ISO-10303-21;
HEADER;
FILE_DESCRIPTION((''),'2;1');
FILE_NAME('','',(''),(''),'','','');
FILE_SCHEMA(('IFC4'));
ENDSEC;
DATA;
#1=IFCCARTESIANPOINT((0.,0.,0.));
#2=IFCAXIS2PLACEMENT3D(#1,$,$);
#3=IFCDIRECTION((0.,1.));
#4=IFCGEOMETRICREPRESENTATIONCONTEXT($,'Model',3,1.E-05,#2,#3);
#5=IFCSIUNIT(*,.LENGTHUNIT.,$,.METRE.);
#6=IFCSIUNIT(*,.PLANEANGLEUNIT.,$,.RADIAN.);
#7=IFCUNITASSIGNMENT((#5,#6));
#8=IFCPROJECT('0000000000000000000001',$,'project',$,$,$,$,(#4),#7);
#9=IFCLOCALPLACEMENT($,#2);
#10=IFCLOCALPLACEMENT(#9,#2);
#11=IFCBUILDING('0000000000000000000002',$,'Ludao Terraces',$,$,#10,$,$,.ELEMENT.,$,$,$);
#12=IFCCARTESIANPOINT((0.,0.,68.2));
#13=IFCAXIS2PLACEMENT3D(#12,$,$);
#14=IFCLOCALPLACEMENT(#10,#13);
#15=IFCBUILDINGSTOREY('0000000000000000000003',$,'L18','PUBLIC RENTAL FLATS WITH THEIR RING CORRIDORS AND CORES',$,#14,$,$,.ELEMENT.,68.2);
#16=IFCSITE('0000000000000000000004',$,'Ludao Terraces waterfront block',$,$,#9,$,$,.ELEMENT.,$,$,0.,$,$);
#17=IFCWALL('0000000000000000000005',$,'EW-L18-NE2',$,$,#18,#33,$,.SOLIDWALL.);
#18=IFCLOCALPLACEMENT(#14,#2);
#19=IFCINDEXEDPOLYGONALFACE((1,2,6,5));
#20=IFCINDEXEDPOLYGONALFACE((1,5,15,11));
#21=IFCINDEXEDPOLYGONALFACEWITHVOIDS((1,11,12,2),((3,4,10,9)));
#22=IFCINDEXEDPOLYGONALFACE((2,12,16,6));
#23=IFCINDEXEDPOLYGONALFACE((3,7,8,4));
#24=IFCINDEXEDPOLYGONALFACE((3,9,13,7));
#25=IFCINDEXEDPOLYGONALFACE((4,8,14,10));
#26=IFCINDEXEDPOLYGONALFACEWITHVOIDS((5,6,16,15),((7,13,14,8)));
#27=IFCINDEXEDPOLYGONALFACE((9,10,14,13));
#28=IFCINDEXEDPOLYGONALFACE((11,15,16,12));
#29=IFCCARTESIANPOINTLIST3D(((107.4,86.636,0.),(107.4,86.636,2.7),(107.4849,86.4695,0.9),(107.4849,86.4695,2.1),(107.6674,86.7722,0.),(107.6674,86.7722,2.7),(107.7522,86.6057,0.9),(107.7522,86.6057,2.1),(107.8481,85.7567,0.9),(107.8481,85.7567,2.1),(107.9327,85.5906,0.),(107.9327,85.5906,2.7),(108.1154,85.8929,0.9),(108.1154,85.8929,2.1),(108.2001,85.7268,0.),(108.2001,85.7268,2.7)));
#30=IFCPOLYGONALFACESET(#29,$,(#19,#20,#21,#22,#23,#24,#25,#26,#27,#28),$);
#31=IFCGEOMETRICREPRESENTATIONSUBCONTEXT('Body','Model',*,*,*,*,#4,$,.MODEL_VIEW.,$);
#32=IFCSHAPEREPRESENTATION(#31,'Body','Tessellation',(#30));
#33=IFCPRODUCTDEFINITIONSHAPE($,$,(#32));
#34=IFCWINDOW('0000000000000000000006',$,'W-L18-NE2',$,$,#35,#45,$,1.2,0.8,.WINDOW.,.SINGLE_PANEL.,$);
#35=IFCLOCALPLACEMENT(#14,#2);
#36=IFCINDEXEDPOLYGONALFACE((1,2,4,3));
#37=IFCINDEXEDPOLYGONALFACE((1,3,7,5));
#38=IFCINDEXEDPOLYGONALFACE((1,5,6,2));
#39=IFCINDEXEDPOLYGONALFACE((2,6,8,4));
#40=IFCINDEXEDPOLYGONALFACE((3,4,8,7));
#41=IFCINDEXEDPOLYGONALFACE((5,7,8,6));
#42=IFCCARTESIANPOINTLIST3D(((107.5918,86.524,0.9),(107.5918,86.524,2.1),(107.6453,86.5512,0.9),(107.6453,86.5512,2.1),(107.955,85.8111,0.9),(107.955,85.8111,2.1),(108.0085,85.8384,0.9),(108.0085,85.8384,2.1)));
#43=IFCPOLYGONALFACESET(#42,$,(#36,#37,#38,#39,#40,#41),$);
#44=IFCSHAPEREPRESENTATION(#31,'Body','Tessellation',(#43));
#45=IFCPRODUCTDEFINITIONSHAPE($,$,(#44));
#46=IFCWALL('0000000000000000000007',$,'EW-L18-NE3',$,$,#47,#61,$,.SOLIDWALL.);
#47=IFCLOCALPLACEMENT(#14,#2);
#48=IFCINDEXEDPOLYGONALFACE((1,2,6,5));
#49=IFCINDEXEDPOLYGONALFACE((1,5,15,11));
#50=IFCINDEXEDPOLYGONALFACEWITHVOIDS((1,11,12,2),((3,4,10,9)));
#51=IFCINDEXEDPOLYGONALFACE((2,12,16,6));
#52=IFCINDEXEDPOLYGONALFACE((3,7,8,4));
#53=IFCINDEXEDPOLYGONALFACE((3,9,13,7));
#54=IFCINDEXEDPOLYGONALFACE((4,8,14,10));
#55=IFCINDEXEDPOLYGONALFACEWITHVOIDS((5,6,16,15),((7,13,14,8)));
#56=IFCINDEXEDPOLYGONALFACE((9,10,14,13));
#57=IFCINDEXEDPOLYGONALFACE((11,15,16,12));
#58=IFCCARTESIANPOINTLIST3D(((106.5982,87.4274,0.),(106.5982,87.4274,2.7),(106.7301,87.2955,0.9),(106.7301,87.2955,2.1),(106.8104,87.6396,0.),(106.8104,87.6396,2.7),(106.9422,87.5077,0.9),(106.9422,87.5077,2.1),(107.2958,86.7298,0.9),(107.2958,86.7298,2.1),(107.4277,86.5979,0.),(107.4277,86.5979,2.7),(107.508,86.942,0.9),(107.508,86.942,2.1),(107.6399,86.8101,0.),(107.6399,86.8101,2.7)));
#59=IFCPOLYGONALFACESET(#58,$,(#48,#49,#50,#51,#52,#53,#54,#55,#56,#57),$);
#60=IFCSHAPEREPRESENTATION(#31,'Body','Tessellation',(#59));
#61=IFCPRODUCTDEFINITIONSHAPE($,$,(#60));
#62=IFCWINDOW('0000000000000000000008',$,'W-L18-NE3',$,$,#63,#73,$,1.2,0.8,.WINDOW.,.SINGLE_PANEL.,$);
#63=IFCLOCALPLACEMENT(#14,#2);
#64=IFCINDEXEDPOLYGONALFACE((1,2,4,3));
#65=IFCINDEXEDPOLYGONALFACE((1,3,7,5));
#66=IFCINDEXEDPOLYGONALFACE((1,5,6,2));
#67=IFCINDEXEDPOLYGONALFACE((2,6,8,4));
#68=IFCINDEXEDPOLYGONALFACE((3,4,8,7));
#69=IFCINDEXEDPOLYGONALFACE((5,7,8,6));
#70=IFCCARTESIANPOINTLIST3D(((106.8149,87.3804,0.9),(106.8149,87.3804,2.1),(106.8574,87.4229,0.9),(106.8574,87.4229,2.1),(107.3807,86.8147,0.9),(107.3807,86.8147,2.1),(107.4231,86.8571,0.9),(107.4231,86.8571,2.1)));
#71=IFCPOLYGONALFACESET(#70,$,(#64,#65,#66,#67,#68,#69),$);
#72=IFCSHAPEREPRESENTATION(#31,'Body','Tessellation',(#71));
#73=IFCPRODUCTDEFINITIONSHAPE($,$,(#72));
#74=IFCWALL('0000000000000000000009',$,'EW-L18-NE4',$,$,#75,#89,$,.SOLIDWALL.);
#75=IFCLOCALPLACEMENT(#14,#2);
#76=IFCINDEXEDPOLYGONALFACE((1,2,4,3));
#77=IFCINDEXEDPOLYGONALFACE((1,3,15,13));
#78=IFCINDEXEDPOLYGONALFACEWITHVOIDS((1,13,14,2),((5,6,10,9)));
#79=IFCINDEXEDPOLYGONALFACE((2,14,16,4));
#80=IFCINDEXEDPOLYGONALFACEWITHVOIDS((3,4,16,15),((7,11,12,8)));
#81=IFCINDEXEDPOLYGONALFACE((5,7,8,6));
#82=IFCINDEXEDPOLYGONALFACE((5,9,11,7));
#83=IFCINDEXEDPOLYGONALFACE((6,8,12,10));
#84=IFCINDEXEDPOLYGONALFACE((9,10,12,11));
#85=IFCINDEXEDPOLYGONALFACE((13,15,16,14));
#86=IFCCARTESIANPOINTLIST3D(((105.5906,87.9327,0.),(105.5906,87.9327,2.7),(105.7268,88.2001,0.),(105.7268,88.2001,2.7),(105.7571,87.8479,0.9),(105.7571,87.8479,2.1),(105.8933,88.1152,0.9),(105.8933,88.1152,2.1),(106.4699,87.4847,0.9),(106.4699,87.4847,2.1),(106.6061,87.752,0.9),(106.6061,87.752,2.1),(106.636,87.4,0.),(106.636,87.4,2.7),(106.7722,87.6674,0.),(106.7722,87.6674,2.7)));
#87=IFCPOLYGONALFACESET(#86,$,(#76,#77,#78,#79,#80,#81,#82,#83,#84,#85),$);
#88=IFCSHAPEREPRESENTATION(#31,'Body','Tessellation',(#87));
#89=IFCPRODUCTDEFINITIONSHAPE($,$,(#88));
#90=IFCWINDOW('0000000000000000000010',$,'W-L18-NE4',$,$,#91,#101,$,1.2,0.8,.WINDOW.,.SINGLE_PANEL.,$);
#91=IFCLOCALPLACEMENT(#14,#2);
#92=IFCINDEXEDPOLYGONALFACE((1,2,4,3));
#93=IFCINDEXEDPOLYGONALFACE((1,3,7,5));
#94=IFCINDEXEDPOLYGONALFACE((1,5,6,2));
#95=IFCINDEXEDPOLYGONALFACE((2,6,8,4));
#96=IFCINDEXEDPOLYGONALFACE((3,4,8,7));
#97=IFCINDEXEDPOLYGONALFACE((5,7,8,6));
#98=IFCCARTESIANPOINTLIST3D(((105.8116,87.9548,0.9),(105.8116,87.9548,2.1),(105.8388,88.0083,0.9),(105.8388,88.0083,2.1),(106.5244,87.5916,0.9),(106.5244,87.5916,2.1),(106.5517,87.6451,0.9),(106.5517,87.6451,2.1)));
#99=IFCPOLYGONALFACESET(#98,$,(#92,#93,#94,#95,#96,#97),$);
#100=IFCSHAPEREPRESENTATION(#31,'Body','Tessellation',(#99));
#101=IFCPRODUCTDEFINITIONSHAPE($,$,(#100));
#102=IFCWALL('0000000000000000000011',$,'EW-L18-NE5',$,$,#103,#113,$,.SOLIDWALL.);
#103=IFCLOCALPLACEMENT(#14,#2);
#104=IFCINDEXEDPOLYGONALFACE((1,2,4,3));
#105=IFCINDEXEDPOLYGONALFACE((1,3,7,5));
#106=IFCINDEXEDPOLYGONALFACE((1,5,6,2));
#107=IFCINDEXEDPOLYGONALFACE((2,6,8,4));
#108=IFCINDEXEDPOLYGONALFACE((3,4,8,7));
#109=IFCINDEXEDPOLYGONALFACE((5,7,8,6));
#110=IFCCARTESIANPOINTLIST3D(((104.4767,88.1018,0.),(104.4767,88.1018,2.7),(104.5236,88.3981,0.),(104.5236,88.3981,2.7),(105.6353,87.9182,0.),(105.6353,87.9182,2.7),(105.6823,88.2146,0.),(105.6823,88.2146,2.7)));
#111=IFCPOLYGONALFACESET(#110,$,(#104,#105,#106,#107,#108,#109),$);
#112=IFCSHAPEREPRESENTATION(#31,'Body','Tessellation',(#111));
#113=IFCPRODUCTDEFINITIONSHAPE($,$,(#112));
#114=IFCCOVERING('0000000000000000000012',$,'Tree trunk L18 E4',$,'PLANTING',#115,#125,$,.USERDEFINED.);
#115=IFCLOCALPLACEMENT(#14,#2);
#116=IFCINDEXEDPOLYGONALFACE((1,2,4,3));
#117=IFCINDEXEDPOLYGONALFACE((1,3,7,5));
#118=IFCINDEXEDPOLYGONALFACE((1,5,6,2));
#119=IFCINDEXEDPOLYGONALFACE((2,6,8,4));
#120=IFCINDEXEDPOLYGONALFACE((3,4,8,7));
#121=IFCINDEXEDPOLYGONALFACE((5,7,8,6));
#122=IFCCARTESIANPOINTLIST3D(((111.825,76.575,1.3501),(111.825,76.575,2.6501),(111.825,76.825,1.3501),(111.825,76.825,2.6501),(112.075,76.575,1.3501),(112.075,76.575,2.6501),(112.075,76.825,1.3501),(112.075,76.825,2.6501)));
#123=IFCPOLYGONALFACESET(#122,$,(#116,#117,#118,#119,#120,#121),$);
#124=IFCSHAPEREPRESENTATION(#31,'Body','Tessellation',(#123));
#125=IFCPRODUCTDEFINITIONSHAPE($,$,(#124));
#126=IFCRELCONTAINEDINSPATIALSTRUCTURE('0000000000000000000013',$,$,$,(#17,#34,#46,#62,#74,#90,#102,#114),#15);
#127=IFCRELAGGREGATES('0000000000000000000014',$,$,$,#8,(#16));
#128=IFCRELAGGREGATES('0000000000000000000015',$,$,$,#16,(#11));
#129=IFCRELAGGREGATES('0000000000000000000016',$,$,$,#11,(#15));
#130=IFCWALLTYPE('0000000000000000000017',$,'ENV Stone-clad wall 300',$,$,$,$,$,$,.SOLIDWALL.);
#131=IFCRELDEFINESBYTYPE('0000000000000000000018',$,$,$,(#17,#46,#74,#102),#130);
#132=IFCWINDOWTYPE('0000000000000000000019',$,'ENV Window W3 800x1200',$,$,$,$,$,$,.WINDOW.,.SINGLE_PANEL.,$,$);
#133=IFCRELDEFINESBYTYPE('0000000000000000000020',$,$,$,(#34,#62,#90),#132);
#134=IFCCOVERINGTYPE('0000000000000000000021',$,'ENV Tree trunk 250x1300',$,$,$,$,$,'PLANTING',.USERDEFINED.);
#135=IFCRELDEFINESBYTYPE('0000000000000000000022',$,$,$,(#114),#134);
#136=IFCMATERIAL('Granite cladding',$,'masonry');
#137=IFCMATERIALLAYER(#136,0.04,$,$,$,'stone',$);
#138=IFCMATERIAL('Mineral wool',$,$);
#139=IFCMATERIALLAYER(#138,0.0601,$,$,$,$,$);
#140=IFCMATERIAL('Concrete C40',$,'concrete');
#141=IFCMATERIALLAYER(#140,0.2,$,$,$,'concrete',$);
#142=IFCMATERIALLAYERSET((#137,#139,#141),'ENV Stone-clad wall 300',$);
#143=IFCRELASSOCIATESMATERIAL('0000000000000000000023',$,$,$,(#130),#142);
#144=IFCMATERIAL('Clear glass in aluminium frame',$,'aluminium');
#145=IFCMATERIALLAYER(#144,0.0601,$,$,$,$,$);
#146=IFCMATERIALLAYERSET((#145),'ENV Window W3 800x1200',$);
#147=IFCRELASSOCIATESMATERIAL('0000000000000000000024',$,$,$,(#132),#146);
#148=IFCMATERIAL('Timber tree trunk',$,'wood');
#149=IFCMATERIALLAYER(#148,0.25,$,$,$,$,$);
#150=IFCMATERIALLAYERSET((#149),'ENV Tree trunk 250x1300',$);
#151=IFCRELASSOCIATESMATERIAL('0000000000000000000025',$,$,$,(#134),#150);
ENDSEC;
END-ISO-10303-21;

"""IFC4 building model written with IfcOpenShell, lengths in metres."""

from ifc_helpers import new_model, si_unit, direction, frame, frame_2d, origin, origin_2d, place, context, subcontext, project, spatial, rectangle, extrude, material, layer, layer_set, type_object, element, fill, save


model = new_model("IFC4")

# Units and contexts
model_context = context("Model", 3, precision=1e-05, world=origin(), true_north=direction((0.0, 1.0)))
body_context = subcontext(model_context, "Body", "Model", "MODEL_VIEW")
ifc_project = project(units=[si_unit("LENGTHUNIT", "METRE"), si_unit("PLANEANGLEUNIT", "RADIAN")], contexts=[model_context])

# Site, building, storey
site_placement = place(None, origin())
site = spatial("IfcSite", under=ifc_project, at=site_placement, Name="Ludao Terraces waterfront block", CompositionType="ELEMENT", RefElevation=0.0)
building_placement = place(site_placement, origin())
building = spatial("IfcBuilding", under=site, at=building_placement, Name="Ludao Terraces", CompositionType="ELEMENT")
storey_placement = place(building_placement, frame((0.0, 0.0, 68.2)))
storey = spatial("IfcBuildingStorey", under=building, at=storey_placement, Name="L18", Description="PUBLIC RENTAL FLATS WITH THEIR RING CORRIDORS AND CORES", CompositionType="ELEMENT", Elevation=68.2)

# Shared definitions
ifc_material_1 = material(Name="Concrete C40", Category="concrete")

# Shared definitions
ifc_material_2 = material(Name="Granite cladding", Category="masonry")
ifc_layer_1 = layer(ifc_material_2, 0.04, Category="stone")
ifc_material_3 = material(Name="Mineral wool")
ifc_layer_2 = layer(ifc_material_3, 0.0601)
ifc_layer_3 = layer(ifc_material_1, 0.2, Category="concrete")
ifc_layer_set_1 = layer_set([ifc_layer_1, ifc_layer_2, ifc_layer_3], Name="ENV Stone-clad wall 300")
wall_type_1 = type_object("IfcWallType", Name="ENV Stone-clad wall 300", PredefinedType="SOLIDWALL", material=ifc_layer_set_1)
ifc_material_4 = material(Name="Clear glass in aluminium frame", Category="aluminium")

# Walls, openings, windows
wall_1_placement = place(storey_placement, frame((108.0664, 85.6587, 0.0), z_axis=(0.0, 0.0, 1.0), x_axis=(-0.454026, 0.890989, 0.0)))
wall_1 = element("IfcWall", 1, at=wall_1_placement, inside=storey, type_object=wall_type_1, Name="EW-L18-NE2", PredefinedType="SOLIDWALL", context=body_context, shape_type="SweptSolid", body=[
    extrude(rectangle(XDim=1.1733, YDim=0.3, at=frame_2d((0.5867, 0.0))), origin(), (0.0, 0.0, 1.0), 2.7),
])
opening_1_placement = place(wall_1_placement, frame((0.1865, 0.0, 0.8999)))
opening_1 = element("IfcOpeningElement", 2, at=opening_1_placement, cuts=wall_1, PredefinedType="OPENING", context=body_context, shape_type="SweptSolid", body=[
    extrude(rectangle(XDim=0.8, YDim=1.2, at=frame_2d((0.3999, 0.6001))), frame((0.0, 0.1602, 0.0), z_axis=(0.0, -1.0, 0.0), x_axis=(1.0, 0.0, 0.0)), (0.0, 0.0, 1.0), 0.3201),
])
ifc_layer_4 = layer(ifc_material_4, 0.0601)
ifc_layer_set_2 = layer_set([ifc_layer_4], Name="ENV Window W3 800x1200")
window_type_1 = type_object("IfcWindowType", Name="ENV Window W3 800x1200", PartitioningType="SINGLE_PANEL", PredefinedType="WINDOW", material=ifc_layer_set_2)
window_1_placement = place(opening_1_placement, origin())
window_1 = element("IfcWindow", 3, at=window_1_placement, inside=storey, type_object=window_type_1, Name="W-L18-NE2", OverallHeight=1.2, OverallWidth=0.8, PartitioningType="SINGLE_PANEL", PredefinedType="WINDOW", context=body_context, shape_type="SweptSolid", body=[
    extrude(rectangle(XDim=0.8, YDim=1.2, at=frame_2d((0.3999, 0.6001))), frame((0.0, 0.03, 0.0), z_axis=(0.0, -1.0, 0.0), x_axis=(1.0, 0.0, 0.0)), (0.0, 0.0, 1.0), 0.0601),
])
fill(opening_1, window_1)
wall_2_placement = place(storey_placement, frame((107.5337, 86.7041, 0.0), z_axis=(0.0, 0.0, 1.0), x_axis=(-0.707107, 0.707107, 0.0)))
wall_2 = element("IfcWall", 4, at=wall_2_placement, inside=storey, type_object=wall_type_1, Name="EW-L18-NE3", PredefinedType="SOLIDWALL", context=body_context, shape_type="SweptSolid", body=[
    extrude(rectangle(XDim=1.1731, YDim=0.3, at=frame_2d((0.5864, 0.0))), origin(), (0.0, 0.0, 1.0), 2.7),
])
opening_2_placement = place(wall_2_placement, frame((0.1865, 0.0, 0.8999)))
opening_2 = element("IfcOpeningElement", 5, at=opening_2_placement, cuts=wall_2, PredefinedType="OPENING", context=body_context, shape_type="SweptSolid", body=[
    extrude(rectangle(XDim=0.8, YDim=1.2, at=frame_2d((0.3999, 0.6001))), frame((0.0, 0.1602, 0.0), z_axis=(0.0, -1.0, 0.0), x_axis=(1.0, 0.0, 0.0)), (0.0, 0.0, 1.0), 0.3201),
])
window_2_placement = place(opening_2_placement, origin())
window_2 = element("IfcWindow", 6, at=window_2_placement, inside=storey, type_object=window_type_1, Name="W-L18-NE3", OverallHeight=1.2, OverallWidth=0.8, PartitioningType="SINGLE_PANEL", PredefinedType="WINDOW", context=body_context, shape_type="SweptSolid", body=[
    extrude(rectangle(XDim=0.8, YDim=1.2, at=frame_2d((0.3999, 0.6001))), frame((0.0, 0.03, 0.0), z_axis=(0.0, -1.0, 0.0), x_axis=(1.0, 0.0, 0.0)), (0.0, 0.0, 1.0), 0.0601),
])
fill(opening_2, window_2)
wall_3_placement = place(storey_placement, frame((106.7041, 87.5337, 0.0), z_axis=(0.0, 0.0, 1.0), x_axis=(-0.890989, 0.454026, 0.0)))
wall_3 = element("IfcWall", 7, at=wall_3_placement, inside=storey, type_object=wall_type_1, Name="EW-L18-NE4", PredefinedType="SOLIDWALL", context=body_context, shape_type="SweptSolid", body=[
    extrude(rectangle(XDim=1.1733, YDim=0.3, at=frame_2d((0.5867, 0.0))), origin(), (0.0, 0.0, 1.0), 2.7),
])
opening_3_placement = place(wall_3_placement, frame((0.1865, 0.0, 0.8999)))
opening_3 = element("IfcOpeningElement", 8, at=opening_3_placement, cuts=wall_3, PredefinedType="OPENING", context=body_context, shape_type="SweptSolid", body=[
    extrude(rectangle(XDim=0.8, YDim=1.2, at=frame_2d((0.3999, 0.6001))), frame((0.0, 0.1602, 0.0), z_axis=(0.0, -1.0, 0.0), x_axis=(1.0, 0.0, 0.0)), (0.0, 0.0, 1.0), 0.3201),
])
window_3_placement = place(opening_3_placement, origin())
window_3 = element("IfcWindow", 9, at=window_3_placement, inside=storey, type_object=window_type_1, Name="W-L18-NE4", OverallHeight=1.2, OverallWidth=0.8, PartitioningType="SINGLE_PANEL", PredefinedType="WINDOW", context=body_context, shape_type="SweptSolid", body=[
    extrude(rectangle(XDim=0.8, YDim=1.2, at=frame_2d((0.3999, 0.6001))), frame((0.0, 0.03, 0.0), z_axis=(0.0, -1.0, 0.0), x_axis=(1.0, 0.0, 0.0)), (0.0, 0.0, 1.0), 0.0601),
])
fill(opening_3, window_3)

# Wall
wall_4_placement = place(storey_placement, frame((105.6587, 88.0664, 0.0), z_axis=(0.0, 0.0, 1.0), x_axis=(-0.987678, 0.156497, 0.0)))
element("IfcWall", 10, at=wall_4_placement, inside=storey, type_object=wall_type_1, Name="EW-L18-NE5", PredefinedType="SOLIDWALL", context=body_context, shape_type="SweptSolid", body=[
    extrude(rectangle(XDim=1.1731, YDim=0.3, at=frame_2d((0.5864, 0.0))), origin(), (0.0, 0.0, 1.0), 2.7),
])

# Covering
ifc_material_5 = material(Name="Timber tree trunk", Category="wood")
ifc_layer_5 = layer(ifc_material_5, 0.25)
ifc_layer_set_3 = layer_set([ifc_layer_5], Name="ENV Tree trunk 250x1300")
covering_type = type_object("IfcCoveringType", Name="ENV Tree trunk 250x1300", ElementType="PLANTING", PredefinedType="USERDEFINED", material=ifc_layer_set_3)
covering_placement = place(storey_placement, frame((111.95, 76.7, 1.3501), z_axis=(0.0, 0.0, 1.0), x_axis=(1.0, 0.0, 0.0)))
element("IfcCovering", 11, at=covering_placement, inside=storey, type_object=covering_type, Name="Tree trunk L18 E4", ObjectType="PLANTING", PredefinedType="USERDEFINED", context=body_context, shape_type="SweptSolid", body=[
    extrude(rectangle(XDim=0.25, YDim=0.25, at=origin_2d()), origin(), (0.0, 0.0, 1.0), 1.3),
])

save(model, "model.ifc")
